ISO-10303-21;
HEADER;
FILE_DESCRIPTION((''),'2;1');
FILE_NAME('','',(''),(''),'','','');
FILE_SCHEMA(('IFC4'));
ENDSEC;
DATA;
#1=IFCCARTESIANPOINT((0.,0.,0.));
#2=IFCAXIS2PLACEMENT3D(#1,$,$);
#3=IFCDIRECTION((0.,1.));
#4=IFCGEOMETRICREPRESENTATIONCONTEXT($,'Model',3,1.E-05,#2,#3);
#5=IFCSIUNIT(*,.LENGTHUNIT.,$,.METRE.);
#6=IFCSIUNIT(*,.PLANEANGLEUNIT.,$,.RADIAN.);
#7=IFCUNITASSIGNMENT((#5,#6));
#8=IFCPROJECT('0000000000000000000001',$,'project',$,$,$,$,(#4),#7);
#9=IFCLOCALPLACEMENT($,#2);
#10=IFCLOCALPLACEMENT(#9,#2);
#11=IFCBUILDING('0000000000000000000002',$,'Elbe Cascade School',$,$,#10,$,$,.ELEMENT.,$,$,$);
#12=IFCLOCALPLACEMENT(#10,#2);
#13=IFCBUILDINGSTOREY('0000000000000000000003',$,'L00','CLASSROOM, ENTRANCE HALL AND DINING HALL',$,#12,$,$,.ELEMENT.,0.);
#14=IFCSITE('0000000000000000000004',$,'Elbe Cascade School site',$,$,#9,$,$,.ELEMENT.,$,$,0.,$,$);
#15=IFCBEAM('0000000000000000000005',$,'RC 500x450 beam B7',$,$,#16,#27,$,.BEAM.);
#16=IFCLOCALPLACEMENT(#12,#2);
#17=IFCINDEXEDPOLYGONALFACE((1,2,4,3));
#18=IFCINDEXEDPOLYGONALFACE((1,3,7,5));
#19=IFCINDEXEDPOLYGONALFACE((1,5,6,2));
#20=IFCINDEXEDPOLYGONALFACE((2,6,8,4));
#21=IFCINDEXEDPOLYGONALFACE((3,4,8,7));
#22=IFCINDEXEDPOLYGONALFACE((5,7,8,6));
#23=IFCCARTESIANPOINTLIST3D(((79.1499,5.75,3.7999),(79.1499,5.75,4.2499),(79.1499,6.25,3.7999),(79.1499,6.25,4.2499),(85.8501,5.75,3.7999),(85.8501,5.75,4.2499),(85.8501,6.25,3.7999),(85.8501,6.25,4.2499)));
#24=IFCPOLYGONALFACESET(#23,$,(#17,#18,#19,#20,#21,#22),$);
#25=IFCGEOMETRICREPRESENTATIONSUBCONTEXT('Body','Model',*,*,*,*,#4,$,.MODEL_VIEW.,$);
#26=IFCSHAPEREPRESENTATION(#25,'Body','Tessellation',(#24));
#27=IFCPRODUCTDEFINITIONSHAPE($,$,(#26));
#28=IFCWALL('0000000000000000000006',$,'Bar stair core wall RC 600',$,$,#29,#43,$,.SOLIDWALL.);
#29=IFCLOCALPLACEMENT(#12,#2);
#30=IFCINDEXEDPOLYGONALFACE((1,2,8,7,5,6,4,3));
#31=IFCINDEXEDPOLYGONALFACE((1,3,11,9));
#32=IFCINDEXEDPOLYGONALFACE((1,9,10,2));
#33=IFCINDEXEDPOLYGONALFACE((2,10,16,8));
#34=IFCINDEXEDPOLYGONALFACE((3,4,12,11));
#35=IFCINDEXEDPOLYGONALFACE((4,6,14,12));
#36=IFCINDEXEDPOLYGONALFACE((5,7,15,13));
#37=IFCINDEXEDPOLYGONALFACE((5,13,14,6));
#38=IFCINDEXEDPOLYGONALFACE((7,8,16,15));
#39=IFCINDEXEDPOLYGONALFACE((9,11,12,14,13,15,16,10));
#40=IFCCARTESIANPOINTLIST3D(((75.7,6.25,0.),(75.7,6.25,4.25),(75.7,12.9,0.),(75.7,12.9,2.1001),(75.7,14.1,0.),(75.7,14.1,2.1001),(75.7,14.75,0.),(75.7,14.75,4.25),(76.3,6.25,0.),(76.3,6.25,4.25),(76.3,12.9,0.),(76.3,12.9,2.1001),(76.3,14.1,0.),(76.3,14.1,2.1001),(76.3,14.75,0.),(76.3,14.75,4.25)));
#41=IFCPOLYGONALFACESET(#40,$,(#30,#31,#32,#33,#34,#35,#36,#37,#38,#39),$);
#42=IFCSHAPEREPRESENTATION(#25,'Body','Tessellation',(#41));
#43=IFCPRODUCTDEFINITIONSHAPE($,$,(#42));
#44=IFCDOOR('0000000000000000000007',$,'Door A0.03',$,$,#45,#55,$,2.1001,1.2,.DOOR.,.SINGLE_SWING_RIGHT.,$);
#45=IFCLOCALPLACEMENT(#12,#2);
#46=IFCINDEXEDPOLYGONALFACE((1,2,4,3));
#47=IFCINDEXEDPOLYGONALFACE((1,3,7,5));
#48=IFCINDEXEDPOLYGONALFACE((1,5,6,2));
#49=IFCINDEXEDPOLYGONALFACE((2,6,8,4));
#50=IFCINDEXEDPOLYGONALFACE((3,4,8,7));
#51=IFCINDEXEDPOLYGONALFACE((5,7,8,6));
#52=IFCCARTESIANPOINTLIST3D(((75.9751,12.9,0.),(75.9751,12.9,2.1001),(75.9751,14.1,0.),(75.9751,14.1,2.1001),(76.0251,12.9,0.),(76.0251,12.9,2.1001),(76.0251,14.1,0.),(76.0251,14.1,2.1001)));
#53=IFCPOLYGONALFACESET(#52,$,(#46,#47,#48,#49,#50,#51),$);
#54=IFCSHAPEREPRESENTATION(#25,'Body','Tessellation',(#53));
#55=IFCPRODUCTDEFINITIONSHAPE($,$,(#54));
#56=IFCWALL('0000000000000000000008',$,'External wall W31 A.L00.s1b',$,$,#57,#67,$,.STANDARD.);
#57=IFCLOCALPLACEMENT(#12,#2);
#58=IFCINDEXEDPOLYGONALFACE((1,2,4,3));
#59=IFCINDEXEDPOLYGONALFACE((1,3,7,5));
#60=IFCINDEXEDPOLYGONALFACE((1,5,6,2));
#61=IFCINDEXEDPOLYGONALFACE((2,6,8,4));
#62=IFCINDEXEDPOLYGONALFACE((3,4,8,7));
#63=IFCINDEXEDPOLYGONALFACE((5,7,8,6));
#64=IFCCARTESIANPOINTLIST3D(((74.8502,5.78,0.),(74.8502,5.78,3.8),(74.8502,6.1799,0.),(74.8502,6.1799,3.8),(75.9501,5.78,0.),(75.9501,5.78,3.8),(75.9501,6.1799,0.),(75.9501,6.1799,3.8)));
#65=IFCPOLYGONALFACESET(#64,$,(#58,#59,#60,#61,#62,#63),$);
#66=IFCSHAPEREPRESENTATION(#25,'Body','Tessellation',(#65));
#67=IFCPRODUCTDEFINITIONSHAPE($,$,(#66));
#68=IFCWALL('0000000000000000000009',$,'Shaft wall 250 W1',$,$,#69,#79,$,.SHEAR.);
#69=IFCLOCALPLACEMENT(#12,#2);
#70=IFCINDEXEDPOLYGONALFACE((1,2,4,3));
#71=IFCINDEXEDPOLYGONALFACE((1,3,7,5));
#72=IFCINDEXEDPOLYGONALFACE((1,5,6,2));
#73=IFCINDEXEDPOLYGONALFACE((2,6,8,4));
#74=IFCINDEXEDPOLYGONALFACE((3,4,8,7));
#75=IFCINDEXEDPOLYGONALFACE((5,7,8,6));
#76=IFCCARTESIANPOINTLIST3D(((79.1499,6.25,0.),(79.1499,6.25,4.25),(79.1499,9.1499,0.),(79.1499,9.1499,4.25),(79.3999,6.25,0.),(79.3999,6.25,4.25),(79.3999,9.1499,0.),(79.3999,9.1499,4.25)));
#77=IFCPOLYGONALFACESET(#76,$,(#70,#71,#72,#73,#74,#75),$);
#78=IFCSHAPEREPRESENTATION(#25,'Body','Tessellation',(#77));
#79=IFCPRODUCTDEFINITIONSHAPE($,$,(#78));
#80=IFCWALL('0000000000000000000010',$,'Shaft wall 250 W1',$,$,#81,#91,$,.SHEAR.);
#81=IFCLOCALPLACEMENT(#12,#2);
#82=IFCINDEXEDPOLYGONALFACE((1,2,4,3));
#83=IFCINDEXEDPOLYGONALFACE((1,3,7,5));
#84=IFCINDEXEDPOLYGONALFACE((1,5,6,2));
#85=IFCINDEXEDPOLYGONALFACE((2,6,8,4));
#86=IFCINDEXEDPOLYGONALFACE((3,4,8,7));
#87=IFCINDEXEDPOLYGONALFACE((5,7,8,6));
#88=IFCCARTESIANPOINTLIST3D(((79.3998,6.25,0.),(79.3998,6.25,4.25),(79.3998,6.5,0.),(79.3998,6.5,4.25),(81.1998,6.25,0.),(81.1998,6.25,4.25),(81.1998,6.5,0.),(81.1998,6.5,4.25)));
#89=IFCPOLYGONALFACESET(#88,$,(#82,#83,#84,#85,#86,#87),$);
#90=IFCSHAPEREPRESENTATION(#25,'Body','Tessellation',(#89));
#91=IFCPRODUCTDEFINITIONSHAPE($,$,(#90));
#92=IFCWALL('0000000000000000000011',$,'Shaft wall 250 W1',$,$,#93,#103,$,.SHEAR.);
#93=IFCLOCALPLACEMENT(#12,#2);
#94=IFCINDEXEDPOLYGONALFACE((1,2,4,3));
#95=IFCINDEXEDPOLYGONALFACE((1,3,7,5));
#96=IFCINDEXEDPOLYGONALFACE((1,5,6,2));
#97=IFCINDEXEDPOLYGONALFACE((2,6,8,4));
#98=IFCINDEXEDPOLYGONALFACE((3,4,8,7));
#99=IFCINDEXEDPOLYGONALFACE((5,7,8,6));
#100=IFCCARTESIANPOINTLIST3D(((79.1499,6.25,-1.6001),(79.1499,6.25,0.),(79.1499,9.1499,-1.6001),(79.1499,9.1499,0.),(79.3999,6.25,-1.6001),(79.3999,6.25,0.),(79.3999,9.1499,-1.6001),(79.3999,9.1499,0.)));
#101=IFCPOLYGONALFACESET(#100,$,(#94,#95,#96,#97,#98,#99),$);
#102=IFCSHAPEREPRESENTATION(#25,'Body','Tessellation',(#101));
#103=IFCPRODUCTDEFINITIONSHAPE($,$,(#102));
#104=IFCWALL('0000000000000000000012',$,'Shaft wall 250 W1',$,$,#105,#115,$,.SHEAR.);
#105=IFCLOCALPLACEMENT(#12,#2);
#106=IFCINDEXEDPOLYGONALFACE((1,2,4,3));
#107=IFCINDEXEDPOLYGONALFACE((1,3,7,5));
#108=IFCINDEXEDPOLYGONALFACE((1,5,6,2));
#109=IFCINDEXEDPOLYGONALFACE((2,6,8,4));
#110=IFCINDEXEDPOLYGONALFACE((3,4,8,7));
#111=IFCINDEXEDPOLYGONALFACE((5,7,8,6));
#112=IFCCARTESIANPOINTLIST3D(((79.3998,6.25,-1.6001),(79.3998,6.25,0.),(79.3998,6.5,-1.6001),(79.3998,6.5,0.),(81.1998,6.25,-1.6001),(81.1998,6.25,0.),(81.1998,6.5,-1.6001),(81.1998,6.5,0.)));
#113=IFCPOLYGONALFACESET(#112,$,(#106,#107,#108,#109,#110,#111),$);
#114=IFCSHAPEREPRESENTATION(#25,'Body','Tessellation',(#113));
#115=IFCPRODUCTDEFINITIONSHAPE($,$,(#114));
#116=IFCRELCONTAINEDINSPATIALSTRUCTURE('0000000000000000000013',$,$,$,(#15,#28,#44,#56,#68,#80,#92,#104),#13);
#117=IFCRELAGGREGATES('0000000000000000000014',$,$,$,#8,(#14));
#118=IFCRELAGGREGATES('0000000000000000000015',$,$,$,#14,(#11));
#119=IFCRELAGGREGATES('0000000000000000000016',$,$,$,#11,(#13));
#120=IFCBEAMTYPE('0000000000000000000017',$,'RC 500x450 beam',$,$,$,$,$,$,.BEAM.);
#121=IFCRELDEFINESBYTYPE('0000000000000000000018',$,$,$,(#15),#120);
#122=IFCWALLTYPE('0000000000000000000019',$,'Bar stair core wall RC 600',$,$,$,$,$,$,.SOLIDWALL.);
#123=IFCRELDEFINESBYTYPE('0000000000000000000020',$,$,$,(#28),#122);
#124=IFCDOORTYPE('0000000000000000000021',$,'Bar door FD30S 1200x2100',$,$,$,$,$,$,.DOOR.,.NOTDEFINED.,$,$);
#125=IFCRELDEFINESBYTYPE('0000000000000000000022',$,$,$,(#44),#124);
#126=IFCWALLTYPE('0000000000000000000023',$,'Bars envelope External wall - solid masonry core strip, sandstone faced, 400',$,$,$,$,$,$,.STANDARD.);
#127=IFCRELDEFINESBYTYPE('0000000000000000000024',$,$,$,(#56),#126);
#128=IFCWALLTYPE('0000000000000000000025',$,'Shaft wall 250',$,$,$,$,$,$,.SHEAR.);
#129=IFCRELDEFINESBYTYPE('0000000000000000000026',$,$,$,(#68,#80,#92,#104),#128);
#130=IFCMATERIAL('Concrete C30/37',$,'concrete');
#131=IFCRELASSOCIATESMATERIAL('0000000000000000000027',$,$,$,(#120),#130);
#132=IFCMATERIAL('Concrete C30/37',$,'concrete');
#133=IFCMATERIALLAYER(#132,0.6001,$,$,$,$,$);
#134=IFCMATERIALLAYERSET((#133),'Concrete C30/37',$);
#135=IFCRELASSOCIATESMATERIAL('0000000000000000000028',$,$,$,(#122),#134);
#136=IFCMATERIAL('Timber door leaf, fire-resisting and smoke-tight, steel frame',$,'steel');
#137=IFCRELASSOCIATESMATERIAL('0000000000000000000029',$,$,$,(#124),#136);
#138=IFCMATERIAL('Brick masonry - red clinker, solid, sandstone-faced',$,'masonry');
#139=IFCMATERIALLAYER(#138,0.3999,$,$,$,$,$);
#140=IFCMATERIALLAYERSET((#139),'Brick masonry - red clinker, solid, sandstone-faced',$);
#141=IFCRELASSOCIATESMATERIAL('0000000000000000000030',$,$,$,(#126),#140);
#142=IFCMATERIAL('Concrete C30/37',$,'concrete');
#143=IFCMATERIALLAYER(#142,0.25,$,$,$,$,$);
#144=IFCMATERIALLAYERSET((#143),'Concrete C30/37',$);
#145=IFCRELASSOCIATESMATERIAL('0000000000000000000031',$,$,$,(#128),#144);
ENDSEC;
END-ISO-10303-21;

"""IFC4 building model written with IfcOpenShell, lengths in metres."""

from ifc_helpers import new_model, si_unit, direction, frame, frame_2d, origin, origin_2d, place, context, subcontext, project, spatial, rectangle, extrude, material, layer, layer_set, material_profile, profile_set, type_object, element, fill, save


model = new_model("IFC4")

# Units and contexts
model_context = context("Model", 3, precision=1e-05, world=origin(), true_north=direction((0.0, 1.0)))
body_context = subcontext(model_context, "Body", "Model", "MODEL_VIEW")
ifc_project = project(units=[si_unit("LENGTHUNIT", "METRE"), si_unit("PLANEANGLEUNIT", "RADIAN")], contexts=[model_context])

# Site, building, storey
site_placement = place(None, origin())
site = spatial("IfcSite", under=ifc_project, at=site_placement, Name="Elbe Cascade School site", CompositionType="ELEMENT", RefElevation=0.0)
building_placement = place(site_placement, origin())
building = spatial("IfcBuilding", under=site, at=building_placement, Name="Elbe Cascade School", CompositionType="ELEMENT")
storey_placement = place(building_placement, origin())
storey = spatial("IfcBuildingStorey", under=building, at=storey_placement, Name="L00", Description="CLASSROOM, ENTRANCE HALL AND DINING HALL", CompositionType="ELEMENT", Elevation=0.0)

# Beam
ifc_material_1 = material(Name="Concrete C30/37", Category="concrete")
ifc_material_profile_1 = material_profile(ifc_material_1, rectangle(XDim=0.5, YDim=0.45, at=origin_2d()), Name="RC 500x450")
ifc_profile_set_1 = profile_set([ifc_material_profile_1], Name="Concrete C30/37")
beam_type_1 = type_object("IfcBeamType", Name="RC 500x450 beam", PredefinedType="BEAM", material=ifc_profile_set_1)
beam_1_placement = place(storey_placement, frame((79.1499, 6.0, 4.0249), z_axis=(1.0, 0.0, 0.0), x_axis=(0.0, 1.0, 0.0)))
element("IfcBeam", 1, at=beam_1_placement, inside=storey, type_object=beam_type_1, Name="RC 500x450 beam B7", PredefinedType="BEAM", context=body_context, shape_type="SweptSolid", body=[
    extrude(rectangle(XDim=0.5, YDim=0.45, at=origin_2d()), origin(), (0.0, 0.0, 1.0), 6.7002),
])

# Wall, opening, door
ifc_material_2 = material(Name="Concrete C30/37", Category="concrete")
ifc_layer_1 = layer(ifc_material_2, 0.6001)
ifc_layer_set_1 = layer_set([ifc_layer_1], Name="Concrete C30/37")
wall_type_1 = type_object("IfcWallType", Name="Bar stair core wall RC 600", PredefinedType="SOLIDWALL", material=ifc_layer_set_1)
wall_1_placement = place(storey_placement, frame((76.0, 6.25, 0.0), z_axis=(0.0, 0.0, 1.0), x_axis=(0.0, 1.0, 0.0)))
wall_1 = element("IfcWall", 2, at=wall_1_placement, inside=storey, type_object=wall_type_1, Name="Bar stair core wall RC 600", PredefinedType="SOLIDWALL", context=body_context, shape_type="SweptSolid", body=[
    extrude(rectangle(XDim=8.5, YDim=0.6001, at=frame_2d((4.25, 0.0))), origin(), (0.0, 0.0, 1.0), 4.25),
])
opening_1_placement = place(wall_1_placement, frame((6.6499, 0.0, 0.0)))
opening_1 = element("IfcOpeningElement", 3, at=opening_1_placement, cuts=wall_1, PredefinedType="OPENING", context=body_context, shape_type="SweptSolid", body=[
    extrude(rectangle(XDim=1.2, YDim=2.1001, at=frame_2d((0.6001, 1.05))), frame((0.0, 0.3101, 0.0), z_axis=(0.0, -1.0, 0.0), x_axis=(1.0, 0.0, 0.0)), (0.0, 0.0, 1.0), 0.6201),
])
ifc_material_3 = material(Name="Timber door leaf, fire-resisting and smoke-tight, steel frame", Category="steel")
door_type_1 = type_object("IfcDoorType", Name="Bar door FD30S 1200x2100", OperationType="NOTDEFINED", PredefinedType="DOOR", material=ifc_material_3)
door_1_placement = place(opening_1_placement, origin())
door_1 = element("IfcDoor", 4, at=door_1_placement, inside=storey, type_object=door_type_1, Name="Door A0.03", OperationType="SINGLE_SWING_RIGHT", OverallHeight=2.1001, OverallWidth=1.2, PredefinedType="DOOR", context=body_context, shape_type="SweptSolid", body=[
    extrude(rectangle(XDim=1.2, YDim=2.1001, at=frame_2d((0.6001, 1.05))), frame((0.0, 0.0249, 0.0), z_axis=(0.0, -1.0, 0.0), x_axis=(1.0, 0.0, 0.0)), (0.0, 0.0, 1.0), 0.05),
])
fill(opening_1, door_1)

# Walls
ifc_material_4 = material(Name="Brick masonry - red clinker, solid, sandstone-faced", Category="masonry")
ifc_layer_2 = layer(ifc_material_4, 0.3999)
ifc_layer_set_2 = layer_set([ifc_layer_2], Name="Brick masonry - red clinker, solid, sandstone-faced")
wall_type_2 = type_object("IfcWallType", Name="Bars envelope External wall - solid masonry core strip, sandstone faced, 400", PredefinedType="STANDARD", material=ifc_layer_set_2)
wall_2_placement = place(storey_placement, frame((75.95, 5.98, 0.0), z_axis=(0.0, 0.0, 1.0), x_axis=(-1.0, 0.0, 0.0)))
element("IfcWall", 5, at=wall_2_placement, inside=storey, type_object=wall_type_2, Name="External wall W31 A.L00.s1b", PredefinedType="STANDARD", context=body_context, shape_type="SweptSolid", body=[
    extrude(rectangle(XDim=1.0999, YDim=0.3999, at=frame_2d((0.5498, 0.0))), origin(), (0.0, 0.0, 1.0), 3.8),
])
ifc_material_5 = material(Name="Concrete C30/37", Category="concrete")
ifc_layer_3 = layer(ifc_material_5, 0.25)
ifc_layer_set_3 = layer_set([ifc_layer_3], Name="Concrete C30/37")
wall_type_3 = type_object("IfcWallType", Name="Shaft wall 250", PredefinedType="SHEAR", material=ifc_layer_set_3)
wall_3_placement = place(storey_placement, frame((79.2749, 6.25, 0.0), z_axis=(0.0, 0.0, 1.0), x_axis=(0.0, 1.0, 0.0)))
element("IfcWall", 6, at=wall_3_placement, inside=storey, type_object=wall_type_3, Name="Shaft wall 250 W1", PredefinedType="SHEAR", context=body_context, shape_type="SweptSolid", body=[
    extrude(rectangle(XDim=2.8999, YDim=0.25, at=frame_2d((1.45, 0.0))), origin(), (0.0, 0.0, 1.0), 4.25),
])
wall_4_placement = place(storey_placement, frame((79.3999, 6.375, 0.0), z_axis=(0.0, 0.0, 1.0), x_axis=(1.0, 0.0, 0.0)))
element("IfcWall", 7, at=wall_4_placement, inside=storey, type_object=wall_type_3, Name="Shaft wall 250 W1", PredefinedType="SHEAR", context=body_context, shape_type="SweptSolid", body=[
    extrude(rectangle(XDim=1.8, YDim=0.25, at=frame_2d((0.8999, 0.0))), origin(), (0.0, 0.0, 1.0), 4.25),
])
wall_5_placement = place(storey_placement, frame((79.2749, 6.25, -1.6001), z_axis=(0.0, 0.0, 1.0), x_axis=(0.0, 1.0, 0.0)))
element("IfcWall", 8, at=wall_5_placement, inside=storey, type_object=wall_type_3, Name="Shaft wall 250 W1", PredefinedType="SHEAR", context=body_context, shape_type="SweptSolid", body=[
    extrude(rectangle(XDim=2.8999, YDim=0.25, at=frame_2d((1.45, 0.0))), origin(), (0.0, 0.0, 1.0), 1.6001),
])
wall_6_placement = place(storey_placement, frame((79.3999, 6.375, -1.6001), z_axis=(0.0, 0.0, 1.0), x_axis=(1.0, 0.0, 0.0)))
element("IfcWall", 9, at=wall_6_placement, inside=storey, type_object=wall_type_3, Name="Shaft wall 250 W1", PredefinedType="SHEAR", context=body_context, shape_type="SweptSolid", body=[
    extrude(rectangle(XDim=1.8, YDim=0.25, at=frame_2d((0.8999, 0.0))), origin(), (0.0, 0.0, 1.0), 1.6001),
])

save(model, "model.ifc")
